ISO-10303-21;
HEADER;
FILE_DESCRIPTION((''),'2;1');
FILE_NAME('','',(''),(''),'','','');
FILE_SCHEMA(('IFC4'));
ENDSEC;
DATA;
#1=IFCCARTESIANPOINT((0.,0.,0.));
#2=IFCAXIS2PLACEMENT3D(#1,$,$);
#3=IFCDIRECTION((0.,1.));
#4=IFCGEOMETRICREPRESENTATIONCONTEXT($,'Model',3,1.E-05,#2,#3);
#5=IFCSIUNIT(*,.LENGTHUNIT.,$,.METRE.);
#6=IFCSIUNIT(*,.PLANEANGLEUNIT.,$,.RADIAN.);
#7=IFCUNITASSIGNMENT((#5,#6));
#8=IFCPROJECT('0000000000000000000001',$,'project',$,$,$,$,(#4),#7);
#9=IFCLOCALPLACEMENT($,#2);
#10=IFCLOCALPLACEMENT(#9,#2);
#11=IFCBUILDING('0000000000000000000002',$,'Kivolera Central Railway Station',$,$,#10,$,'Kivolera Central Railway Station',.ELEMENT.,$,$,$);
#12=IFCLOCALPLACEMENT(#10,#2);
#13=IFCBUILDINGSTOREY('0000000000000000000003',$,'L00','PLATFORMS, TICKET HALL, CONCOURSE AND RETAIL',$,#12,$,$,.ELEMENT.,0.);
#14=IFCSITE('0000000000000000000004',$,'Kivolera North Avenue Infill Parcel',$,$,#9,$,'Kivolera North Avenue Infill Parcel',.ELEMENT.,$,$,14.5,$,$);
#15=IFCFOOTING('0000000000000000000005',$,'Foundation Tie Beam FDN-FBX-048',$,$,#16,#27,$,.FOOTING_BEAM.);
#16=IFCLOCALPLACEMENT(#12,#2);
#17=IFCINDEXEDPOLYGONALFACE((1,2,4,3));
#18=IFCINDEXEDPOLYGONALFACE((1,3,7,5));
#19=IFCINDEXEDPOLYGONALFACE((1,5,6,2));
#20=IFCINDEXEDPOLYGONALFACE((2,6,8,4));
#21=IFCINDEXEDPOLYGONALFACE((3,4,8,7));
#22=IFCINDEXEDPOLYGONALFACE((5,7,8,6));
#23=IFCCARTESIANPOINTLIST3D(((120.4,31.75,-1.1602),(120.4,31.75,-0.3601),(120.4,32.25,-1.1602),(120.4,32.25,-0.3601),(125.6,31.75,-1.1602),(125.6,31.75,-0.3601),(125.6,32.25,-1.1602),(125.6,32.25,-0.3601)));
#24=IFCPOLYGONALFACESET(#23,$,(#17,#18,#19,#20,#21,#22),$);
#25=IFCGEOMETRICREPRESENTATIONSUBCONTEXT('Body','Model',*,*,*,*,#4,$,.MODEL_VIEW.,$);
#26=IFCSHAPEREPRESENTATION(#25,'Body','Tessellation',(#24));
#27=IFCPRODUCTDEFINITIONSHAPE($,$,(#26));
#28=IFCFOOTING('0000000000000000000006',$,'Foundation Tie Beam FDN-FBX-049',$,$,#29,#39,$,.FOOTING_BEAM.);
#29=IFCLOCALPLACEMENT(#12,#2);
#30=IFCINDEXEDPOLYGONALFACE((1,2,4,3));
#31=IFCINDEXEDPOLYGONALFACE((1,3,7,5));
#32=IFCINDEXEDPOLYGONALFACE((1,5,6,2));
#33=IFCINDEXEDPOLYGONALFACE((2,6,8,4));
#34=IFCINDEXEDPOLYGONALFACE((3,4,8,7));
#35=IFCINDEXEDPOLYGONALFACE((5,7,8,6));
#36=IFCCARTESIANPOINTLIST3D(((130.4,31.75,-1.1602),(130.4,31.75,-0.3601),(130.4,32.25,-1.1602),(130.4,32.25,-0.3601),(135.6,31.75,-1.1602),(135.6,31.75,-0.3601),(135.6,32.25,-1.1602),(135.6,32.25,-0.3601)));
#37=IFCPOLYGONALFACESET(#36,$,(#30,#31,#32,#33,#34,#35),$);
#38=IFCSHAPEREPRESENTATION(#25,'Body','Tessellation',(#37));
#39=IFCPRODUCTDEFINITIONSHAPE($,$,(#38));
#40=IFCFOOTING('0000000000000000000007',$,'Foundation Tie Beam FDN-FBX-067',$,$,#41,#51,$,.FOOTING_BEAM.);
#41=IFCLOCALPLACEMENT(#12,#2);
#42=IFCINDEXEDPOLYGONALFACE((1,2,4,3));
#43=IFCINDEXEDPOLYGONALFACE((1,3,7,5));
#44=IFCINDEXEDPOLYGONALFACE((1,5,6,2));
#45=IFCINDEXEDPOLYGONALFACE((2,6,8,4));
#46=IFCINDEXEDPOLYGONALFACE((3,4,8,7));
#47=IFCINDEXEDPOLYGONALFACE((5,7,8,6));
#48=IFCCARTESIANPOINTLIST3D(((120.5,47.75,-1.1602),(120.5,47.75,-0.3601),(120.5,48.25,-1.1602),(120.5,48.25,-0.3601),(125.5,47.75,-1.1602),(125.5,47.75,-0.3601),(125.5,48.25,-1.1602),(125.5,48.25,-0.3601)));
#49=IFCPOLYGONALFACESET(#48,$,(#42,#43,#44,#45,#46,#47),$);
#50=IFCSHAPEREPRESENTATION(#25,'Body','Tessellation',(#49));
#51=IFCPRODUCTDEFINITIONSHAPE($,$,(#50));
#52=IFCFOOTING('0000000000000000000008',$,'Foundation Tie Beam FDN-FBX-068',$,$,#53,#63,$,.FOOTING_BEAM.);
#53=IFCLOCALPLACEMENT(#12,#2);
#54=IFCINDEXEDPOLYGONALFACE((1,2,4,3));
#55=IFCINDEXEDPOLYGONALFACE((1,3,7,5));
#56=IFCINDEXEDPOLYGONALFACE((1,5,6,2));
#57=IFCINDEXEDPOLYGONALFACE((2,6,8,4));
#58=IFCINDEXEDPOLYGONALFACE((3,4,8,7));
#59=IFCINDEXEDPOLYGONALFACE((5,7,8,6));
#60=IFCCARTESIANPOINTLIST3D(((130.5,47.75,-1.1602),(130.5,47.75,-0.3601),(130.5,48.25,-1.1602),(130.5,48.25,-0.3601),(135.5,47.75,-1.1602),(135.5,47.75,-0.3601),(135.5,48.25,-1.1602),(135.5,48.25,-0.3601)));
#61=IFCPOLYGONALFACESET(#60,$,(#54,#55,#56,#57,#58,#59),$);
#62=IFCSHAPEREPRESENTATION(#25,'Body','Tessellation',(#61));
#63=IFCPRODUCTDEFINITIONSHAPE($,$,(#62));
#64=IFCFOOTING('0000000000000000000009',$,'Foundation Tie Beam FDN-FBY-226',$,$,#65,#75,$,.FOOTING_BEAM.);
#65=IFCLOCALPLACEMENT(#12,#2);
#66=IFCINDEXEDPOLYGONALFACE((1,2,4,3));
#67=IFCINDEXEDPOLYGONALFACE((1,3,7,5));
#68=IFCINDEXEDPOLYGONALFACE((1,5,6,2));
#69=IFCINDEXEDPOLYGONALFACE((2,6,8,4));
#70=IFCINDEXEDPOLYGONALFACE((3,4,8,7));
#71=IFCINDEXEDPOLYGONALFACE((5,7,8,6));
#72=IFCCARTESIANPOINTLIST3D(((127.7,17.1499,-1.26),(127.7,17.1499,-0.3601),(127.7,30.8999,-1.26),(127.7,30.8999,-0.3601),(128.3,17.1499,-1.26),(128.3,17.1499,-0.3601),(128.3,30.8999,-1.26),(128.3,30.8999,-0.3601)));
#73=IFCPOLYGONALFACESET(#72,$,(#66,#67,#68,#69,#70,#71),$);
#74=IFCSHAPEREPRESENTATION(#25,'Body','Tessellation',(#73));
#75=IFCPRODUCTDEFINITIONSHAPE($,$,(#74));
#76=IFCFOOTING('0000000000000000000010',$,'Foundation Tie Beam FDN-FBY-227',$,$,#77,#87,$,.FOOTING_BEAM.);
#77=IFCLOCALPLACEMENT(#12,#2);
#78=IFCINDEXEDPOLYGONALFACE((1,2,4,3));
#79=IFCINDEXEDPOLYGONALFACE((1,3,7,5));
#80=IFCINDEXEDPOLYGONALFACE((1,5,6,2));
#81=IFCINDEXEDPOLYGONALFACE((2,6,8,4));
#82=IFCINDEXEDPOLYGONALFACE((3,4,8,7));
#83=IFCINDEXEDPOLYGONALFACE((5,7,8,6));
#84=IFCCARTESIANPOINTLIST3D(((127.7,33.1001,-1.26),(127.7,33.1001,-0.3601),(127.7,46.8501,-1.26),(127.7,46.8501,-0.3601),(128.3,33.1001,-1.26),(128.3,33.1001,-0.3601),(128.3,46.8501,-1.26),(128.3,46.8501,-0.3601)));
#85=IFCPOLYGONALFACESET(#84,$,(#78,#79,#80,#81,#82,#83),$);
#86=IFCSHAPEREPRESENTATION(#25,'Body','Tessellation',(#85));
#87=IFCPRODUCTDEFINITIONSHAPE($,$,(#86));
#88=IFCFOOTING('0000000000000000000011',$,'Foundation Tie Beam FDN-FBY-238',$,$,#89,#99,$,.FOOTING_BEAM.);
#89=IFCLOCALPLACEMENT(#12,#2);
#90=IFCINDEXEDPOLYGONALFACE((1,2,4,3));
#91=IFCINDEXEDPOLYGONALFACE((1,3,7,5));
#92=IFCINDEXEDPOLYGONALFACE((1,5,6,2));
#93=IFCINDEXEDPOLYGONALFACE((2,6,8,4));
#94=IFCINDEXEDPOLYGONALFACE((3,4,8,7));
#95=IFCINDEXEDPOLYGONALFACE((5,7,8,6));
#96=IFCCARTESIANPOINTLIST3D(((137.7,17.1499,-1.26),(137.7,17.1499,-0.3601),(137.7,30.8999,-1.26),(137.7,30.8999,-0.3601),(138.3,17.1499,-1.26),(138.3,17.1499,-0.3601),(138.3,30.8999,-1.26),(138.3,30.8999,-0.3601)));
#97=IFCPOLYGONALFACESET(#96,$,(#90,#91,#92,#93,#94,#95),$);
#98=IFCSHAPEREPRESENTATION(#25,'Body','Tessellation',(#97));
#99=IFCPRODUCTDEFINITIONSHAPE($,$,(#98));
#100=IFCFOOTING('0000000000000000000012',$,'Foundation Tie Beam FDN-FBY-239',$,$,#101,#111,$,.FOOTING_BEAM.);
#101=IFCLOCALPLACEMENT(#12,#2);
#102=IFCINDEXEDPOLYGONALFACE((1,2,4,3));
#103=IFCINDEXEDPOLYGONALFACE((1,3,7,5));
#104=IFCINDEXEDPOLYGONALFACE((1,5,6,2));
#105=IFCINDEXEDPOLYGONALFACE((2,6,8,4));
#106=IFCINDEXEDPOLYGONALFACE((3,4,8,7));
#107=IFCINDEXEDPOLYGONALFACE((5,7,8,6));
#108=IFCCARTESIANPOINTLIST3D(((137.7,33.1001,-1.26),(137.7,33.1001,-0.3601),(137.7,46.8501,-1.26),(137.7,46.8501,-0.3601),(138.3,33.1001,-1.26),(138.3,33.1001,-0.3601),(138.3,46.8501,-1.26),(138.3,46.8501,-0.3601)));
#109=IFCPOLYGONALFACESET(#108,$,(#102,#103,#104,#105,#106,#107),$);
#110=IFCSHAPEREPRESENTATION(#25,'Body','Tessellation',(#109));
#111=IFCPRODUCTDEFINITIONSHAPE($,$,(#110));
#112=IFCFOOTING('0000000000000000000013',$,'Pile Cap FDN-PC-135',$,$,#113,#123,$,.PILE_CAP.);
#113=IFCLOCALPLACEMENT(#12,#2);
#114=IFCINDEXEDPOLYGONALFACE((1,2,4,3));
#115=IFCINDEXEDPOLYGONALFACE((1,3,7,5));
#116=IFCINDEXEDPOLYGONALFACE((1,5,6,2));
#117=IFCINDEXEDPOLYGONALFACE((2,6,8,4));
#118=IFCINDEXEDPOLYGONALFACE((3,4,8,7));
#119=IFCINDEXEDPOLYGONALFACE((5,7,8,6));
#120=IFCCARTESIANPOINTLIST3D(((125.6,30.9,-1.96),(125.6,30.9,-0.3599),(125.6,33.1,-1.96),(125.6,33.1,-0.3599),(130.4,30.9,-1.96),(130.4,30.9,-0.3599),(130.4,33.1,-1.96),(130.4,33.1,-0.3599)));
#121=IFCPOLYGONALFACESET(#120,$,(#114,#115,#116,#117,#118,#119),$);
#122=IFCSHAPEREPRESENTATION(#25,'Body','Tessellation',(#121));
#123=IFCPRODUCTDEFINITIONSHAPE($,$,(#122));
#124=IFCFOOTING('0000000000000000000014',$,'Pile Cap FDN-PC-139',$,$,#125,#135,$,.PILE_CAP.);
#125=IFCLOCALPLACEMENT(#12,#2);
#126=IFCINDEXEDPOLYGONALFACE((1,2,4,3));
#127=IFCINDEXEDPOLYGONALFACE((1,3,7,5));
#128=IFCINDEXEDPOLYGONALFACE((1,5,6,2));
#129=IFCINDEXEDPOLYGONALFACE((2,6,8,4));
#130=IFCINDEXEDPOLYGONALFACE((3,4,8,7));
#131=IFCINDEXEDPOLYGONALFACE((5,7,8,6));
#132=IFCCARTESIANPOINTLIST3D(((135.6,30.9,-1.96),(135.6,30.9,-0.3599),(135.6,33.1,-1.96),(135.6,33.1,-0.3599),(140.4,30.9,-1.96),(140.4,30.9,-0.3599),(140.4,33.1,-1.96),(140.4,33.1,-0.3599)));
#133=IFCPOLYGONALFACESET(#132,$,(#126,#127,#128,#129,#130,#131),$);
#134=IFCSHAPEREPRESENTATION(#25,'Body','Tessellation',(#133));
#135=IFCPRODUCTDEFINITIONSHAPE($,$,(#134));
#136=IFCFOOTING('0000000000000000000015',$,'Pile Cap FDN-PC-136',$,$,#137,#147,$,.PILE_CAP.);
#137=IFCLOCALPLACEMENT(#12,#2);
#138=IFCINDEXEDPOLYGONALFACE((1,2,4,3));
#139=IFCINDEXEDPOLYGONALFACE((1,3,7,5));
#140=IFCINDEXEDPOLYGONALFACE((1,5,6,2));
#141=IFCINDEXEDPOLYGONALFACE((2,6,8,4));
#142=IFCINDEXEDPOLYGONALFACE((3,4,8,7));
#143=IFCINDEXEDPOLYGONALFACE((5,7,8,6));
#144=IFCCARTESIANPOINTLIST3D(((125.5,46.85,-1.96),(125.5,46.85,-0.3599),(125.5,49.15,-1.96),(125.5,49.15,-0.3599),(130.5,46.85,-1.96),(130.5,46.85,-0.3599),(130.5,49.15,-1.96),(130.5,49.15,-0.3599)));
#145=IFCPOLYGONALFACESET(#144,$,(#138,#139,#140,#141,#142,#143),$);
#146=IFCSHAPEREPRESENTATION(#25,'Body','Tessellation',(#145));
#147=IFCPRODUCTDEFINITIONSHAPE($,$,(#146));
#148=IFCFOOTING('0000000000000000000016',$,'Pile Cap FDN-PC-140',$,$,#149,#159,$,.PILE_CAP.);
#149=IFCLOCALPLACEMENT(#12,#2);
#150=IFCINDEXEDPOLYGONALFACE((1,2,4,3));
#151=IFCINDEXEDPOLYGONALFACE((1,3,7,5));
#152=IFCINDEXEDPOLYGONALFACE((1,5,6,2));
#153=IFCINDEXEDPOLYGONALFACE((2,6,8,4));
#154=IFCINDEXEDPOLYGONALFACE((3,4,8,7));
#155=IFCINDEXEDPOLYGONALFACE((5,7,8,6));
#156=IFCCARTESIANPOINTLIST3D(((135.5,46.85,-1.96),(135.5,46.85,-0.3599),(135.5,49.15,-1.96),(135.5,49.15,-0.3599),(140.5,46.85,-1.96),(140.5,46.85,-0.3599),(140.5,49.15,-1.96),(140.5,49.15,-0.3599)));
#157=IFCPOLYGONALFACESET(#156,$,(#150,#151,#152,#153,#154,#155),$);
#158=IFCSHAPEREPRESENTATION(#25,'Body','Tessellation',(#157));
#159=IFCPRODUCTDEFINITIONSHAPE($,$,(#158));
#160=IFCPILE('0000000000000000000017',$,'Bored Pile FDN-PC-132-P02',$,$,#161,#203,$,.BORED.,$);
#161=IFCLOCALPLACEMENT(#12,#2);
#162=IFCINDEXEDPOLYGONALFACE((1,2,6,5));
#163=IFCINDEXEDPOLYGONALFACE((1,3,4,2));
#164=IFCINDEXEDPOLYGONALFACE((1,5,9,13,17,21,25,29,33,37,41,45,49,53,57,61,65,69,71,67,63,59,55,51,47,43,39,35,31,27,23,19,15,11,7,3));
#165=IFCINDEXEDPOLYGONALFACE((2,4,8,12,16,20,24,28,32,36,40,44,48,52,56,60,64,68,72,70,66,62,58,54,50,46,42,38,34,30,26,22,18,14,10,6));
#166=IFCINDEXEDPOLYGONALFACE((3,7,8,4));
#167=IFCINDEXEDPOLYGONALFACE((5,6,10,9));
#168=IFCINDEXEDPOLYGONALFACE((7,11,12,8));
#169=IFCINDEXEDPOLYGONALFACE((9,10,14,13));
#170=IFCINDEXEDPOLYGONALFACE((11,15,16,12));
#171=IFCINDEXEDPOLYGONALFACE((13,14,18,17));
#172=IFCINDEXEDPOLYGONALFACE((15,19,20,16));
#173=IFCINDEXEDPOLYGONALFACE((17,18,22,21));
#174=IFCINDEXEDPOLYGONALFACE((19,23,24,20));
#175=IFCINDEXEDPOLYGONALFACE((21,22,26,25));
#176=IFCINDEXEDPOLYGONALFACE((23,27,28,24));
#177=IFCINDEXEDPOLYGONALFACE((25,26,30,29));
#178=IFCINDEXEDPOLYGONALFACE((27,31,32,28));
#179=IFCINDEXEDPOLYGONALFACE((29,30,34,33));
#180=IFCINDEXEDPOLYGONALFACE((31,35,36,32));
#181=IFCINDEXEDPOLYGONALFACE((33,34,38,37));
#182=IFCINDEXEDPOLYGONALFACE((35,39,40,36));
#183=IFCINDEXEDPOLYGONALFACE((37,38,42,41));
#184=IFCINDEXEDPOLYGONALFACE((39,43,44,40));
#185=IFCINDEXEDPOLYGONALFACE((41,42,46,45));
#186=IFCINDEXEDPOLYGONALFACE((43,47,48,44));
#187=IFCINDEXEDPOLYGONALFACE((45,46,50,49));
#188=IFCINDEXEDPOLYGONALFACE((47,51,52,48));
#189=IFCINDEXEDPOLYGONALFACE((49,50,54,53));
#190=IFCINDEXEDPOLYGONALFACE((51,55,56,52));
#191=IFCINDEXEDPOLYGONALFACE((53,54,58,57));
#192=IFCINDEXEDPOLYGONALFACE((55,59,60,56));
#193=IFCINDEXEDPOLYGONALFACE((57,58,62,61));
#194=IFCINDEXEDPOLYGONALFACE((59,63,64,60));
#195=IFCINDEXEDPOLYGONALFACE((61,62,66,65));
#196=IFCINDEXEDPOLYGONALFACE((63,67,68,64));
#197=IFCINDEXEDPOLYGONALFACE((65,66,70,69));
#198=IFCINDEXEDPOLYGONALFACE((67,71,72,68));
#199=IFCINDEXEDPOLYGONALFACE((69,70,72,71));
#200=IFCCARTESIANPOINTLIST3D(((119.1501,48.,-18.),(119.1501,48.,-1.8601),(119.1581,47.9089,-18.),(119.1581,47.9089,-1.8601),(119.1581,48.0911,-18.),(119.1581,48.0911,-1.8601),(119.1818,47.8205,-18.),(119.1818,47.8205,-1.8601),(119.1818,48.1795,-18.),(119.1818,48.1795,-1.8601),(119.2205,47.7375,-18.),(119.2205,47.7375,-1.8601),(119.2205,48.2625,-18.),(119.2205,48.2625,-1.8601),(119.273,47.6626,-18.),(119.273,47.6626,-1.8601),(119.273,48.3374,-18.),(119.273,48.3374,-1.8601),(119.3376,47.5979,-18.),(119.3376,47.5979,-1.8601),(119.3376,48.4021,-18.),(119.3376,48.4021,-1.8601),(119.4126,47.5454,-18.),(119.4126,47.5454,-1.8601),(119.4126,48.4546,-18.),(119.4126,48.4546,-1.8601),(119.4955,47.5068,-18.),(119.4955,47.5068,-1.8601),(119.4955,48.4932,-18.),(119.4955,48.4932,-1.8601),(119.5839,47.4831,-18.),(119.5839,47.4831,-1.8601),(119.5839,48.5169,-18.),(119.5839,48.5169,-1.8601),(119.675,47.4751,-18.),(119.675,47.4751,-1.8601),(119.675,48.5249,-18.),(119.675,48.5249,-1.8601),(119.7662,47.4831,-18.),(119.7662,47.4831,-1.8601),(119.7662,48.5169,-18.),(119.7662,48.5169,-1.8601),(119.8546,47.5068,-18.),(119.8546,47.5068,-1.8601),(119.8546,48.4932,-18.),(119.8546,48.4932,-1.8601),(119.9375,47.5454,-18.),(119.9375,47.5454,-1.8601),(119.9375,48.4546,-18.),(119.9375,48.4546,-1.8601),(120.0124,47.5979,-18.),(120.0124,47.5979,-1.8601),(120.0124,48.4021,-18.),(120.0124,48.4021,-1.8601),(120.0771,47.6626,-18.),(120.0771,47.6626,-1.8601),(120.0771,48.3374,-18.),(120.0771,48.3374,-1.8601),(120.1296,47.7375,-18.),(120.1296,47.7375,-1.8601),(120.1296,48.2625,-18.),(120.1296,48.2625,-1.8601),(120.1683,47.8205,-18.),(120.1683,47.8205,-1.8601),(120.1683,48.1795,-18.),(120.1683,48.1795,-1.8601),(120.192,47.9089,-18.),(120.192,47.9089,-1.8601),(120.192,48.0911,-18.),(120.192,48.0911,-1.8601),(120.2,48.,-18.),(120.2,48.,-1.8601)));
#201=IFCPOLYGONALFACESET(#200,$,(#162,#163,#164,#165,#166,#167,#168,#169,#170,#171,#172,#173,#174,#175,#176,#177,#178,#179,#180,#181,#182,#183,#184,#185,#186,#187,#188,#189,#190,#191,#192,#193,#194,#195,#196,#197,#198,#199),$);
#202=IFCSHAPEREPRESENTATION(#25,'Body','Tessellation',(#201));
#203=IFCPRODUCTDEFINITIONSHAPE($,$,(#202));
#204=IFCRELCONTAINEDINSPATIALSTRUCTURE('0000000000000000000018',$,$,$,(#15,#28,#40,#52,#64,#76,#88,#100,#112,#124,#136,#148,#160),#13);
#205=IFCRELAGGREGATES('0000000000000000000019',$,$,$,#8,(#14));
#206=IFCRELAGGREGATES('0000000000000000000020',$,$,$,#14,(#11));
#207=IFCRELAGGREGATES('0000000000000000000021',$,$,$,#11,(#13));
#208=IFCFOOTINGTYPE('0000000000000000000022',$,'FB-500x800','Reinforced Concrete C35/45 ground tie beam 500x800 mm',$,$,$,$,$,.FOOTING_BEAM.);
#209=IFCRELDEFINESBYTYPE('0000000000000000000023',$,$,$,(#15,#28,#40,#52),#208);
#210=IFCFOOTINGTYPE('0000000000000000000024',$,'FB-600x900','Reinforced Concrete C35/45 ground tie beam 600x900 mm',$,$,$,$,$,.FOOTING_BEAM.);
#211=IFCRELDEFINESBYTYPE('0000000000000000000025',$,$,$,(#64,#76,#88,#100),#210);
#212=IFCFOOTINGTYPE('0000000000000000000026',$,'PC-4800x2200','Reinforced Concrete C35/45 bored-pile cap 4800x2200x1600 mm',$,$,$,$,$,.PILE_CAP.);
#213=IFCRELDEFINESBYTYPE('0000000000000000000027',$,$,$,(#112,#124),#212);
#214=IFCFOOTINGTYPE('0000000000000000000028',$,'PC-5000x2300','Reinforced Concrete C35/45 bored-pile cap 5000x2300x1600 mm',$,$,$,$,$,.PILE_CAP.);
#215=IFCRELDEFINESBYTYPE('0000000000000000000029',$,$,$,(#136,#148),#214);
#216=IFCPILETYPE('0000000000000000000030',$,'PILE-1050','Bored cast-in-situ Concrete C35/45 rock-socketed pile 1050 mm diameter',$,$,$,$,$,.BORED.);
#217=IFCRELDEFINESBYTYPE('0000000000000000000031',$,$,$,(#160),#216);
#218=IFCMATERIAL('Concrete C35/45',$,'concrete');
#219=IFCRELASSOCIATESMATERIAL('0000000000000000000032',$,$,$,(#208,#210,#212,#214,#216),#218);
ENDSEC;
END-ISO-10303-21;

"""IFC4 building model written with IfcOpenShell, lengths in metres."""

from ifc_helpers import new_model, si_unit, direction, frame, origin, origin_2d, place, context, subcontext, project, spatial, rectangle, circle, extrude, material, material_profile, profile_set, type_object, element, save


model = new_model("IFC4")

# Units and contexts
model_context = context("Model", 3, precision=1e-05, world=origin(), true_north=direction((0.0, 1.0)))
body_context = subcontext(model_context, "Body", "Model", "MODEL_VIEW")
ifc_project = project(units=[si_unit("LENGTHUNIT", "METRE"), si_unit("PLANEANGLEUNIT", "RADIAN")], contexts=[model_context])

# Site, building, storey
site_placement = place(None, origin())
site = spatial("IfcSite", under=ifc_project, at=site_placement, Name="Kivolera North Avenue Infill Parcel", LongName="Kivolera North Avenue Infill Parcel", CompositionType="ELEMENT", RefElevation=14.5)
building_placement = place(site_placement, origin())
building = spatial("IfcBuilding", under=site, at=building_placement, Name="Kivolera Central Railway Station", LongName="Kivolera Central Railway Station", CompositionType="ELEMENT")
storey_placement = place(building_placement, origin())
storey = spatial("IfcBuildingStorey", under=building, at=storey_placement, Name="L00", Description="PLATFORMS, TICKET HALL, CONCOURSE AND RETAIL", CompositionType="ELEMENT", Elevation=0.0)

# Footings
ifc_material_1 = material(Name="Concrete C35/45", Category="concrete")
footing_type_1 = type_object("IfcFootingType", Name="FB-500x800", Description="Reinforced Concrete C35/45 ground tie beam 500x800 mm", PredefinedType="FOOTING_BEAM", material=ifc_material_1)
for number, where, z_axis, x_axis, name in (
    (1, (123.0, 32.0, -1.1602), (0.0, 0.0, 1.0), (1.0, 0.0, 0.0), "Foundation Tie Beam FDN-FBX-048"),
    (2, (133.0, 32.0, -1.1602), (0.0, 0.0, 1.0), (1.0, 0.0, 0.0), "Foundation Tie Beam FDN-FBX-049"),
):
    element("IfcFooting", number, at=place(storey_placement, frame(where, z_axis=z_axis, x_axis=x_axis)), inside=storey, type_object=footing_type_1, Name=name, PredefinedType="FOOTING_BEAM", context=body_context, shape_type="SweptSolid", body=[
        extrude(rectangle(XDim=5.2, YDim=0.5, at=origin_2d()), origin(), (0.0, 0.0, 1.0), 0.8),
    ])
for number, where, z_axis, x_axis, name in (
    (3, (123.0, 48.0, -1.1602), (0.0, 0.0, 1.0), (1.0, 0.0, 0.0), "Foundation Tie Beam FDN-FBX-067"),
    (4, (133.0, 48.0, -1.1602), (0.0, 0.0, 1.0), (1.0, 0.0, 0.0), "Foundation Tie Beam FDN-FBX-068"),
):
    element("IfcFooting", number, at=place(storey_placement, frame(where, z_axis=z_axis, x_axis=x_axis)), inside=storey, type_object=footing_type_1, Name=name, PredefinedType="FOOTING_BEAM", context=body_context, shape_type="SweptSolid", body=[
        extrude(rectangle(XDim=5.0, YDim=0.5, at=origin_2d()), origin(), (0.0, 0.0, 1.0), 0.8),
    ])
footing_type_2 = type_object("IfcFootingType", Name="FB-600x900", Description="Reinforced Concrete C35/45 ground tie beam 600x900 mm", PredefinedType="FOOTING_BEAM", material=ifc_material_1)
for number, where, z_axis, x_axis, name in (
    (5, (128.0, 24.0249, -1.26), (0.0, 0.0, 1.0), (1.0, 0.0, 0.0), "Foundation Tie Beam FDN-FBY-226"),
    (6, (128.0, 39.9751, -1.26), (0.0, 0.0, 1.0), (1.0, 0.0, 0.0), "Foundation Tie Beam FDN-FBY-227"),
    (7, (138.0, 24.0249, -1.26), (0.0, 0.0, 1.0), (1.0, 0.0, 0.0), "Foundation Tie Beam FDN-FBY-238"),
    (8, (138.0, 39.9751, -1.26), (0.0, 0.0, 1.0), (1.0, 0.0, 0.0), "Foundation Tie Beam FDN-FBY-239"),
):
    element("IfcFooting", number, at=place(storey_placement, frame(where, z_axis=z_axis, x_axis=x_axis)), inside=storey, type_object=footing_type_2, Name=name, PredefinedType="FOOTING_BEAM", context=body_context, shape_type="SweptSolid", body=[
        extrude(rectangle(XDim=0.6001, YDim=13.75, at=origin_2d()), origin(), (0.0, 0.0, 1.0), 0.8999),
    ])
footing_type_3 = type_object("IfcFootingType", Name="PC-4800x2200", Description="Reinforced Concrete C35/45 bored-pile cap 4800x2200x1600 mm", PredefinedType="PILE_CAP", material=ifc_material_1)
for number, where, z_axis, x_axis, name in (
    (9, (128.0, 32.0, -1.96), (0.0, 0.0, 1.0), (1.0, 0.0, 0.0), "Pile Cap FDN-PC-135"),
    (10, (138.0, 32.0, -1.96), (0.0, 0.0, 1.0), (1.0, 0.0, 0.0), "Pile Cap FDN-PC-139"),
):
    element("IfcFooting", number, at=place(storey_placement, frame(where, z_axis=z_axis, x_axis=x_axis)), inside=storey, type_object=footing_type_3, Name=name, PredefinedType="PILE_CAP", context=body_context, shape_type="SweptSolid", body=[
        extrude(rectangle(XDim=4.8, YDim=2.2, at=origin_2d()), origin(), (0.0, 0.0, 1.0), 1.6001),
    ])
footing_type_4 = type_object("IfcFootingType", Name="PC-5000x2300", Description="Reinforced Concrete C35/45 bored-pile cap 5000x2300x1600 mm", PredefinedType="PILE_CAP", material=ifc_material_1)
for number, where, z_axis, x_axis, name in (
    (11, (128.0, 48.0, -1.96), (0.0, 0.0, 1.0), (1.0, 0.0, 0.0), "Pile Cap FDN-PC-136"),
    (12, (138.0, 48.0, -1.96), (0.0, 0.0, 1.0), (1.0, 0.0, 0.0), "Pile Cap FDN-PC-140"),
):
    element("IfcFooting", number, at=place(storey_placement, frame(where, z_axis=z_axis, x_axis=x_axis)), inside=storey, type_object=footing_type_4, Name=name, PredefinedType="PILE_CAP", context=body_context, shape_type="SweptSolid", body=[
        extrude(rectangle(XDim=5.0, YDim=2.3, at=origin_2d()), origin(), (0.0, 0.0, 1.0), 1.6001),
    ])

# Pile
ifc_material_profile_1 = material_profile(ifc_material_1, circle(Radius=0.5249, at=origin_2d()), Name="PILE D1050")
ifc_profile_set_1 = profile_set([ifc_material_profile_1], Name="Concrete C35/45")
pile_type = type_object("IfcPileType", Name="PILE-1050", Description="Bored cast-in-situ Concrete C35/45 rock-socketed pile 1050 mm diameter", PredefinedType="BORED", material=ifc_profile_set_1)
for number, where, z_axis, x_axis, name in (
    (13, (119.675, 48.0, -1.8601), (0.0, 0.0, -1.0), (1.0, 0.0, 0.0), "Bored Pile FDN-PC-132-P02"),
):
    element("IfcPile", number, at=place(storey_placement, frame(where, z_axis=z_axis, x_axis=x_axis)), inside=storey, type_object=pile_type, Name=name, PredefinedType="BORED", context=body_context, shape_type="SweptSolid", body=[
        extrude(circle(Radius=0.5249, at=origin_2d()), origin(), (0.0, 0.0, 1.0), 16.1399),
    ])

save(model, "model.ifc")
